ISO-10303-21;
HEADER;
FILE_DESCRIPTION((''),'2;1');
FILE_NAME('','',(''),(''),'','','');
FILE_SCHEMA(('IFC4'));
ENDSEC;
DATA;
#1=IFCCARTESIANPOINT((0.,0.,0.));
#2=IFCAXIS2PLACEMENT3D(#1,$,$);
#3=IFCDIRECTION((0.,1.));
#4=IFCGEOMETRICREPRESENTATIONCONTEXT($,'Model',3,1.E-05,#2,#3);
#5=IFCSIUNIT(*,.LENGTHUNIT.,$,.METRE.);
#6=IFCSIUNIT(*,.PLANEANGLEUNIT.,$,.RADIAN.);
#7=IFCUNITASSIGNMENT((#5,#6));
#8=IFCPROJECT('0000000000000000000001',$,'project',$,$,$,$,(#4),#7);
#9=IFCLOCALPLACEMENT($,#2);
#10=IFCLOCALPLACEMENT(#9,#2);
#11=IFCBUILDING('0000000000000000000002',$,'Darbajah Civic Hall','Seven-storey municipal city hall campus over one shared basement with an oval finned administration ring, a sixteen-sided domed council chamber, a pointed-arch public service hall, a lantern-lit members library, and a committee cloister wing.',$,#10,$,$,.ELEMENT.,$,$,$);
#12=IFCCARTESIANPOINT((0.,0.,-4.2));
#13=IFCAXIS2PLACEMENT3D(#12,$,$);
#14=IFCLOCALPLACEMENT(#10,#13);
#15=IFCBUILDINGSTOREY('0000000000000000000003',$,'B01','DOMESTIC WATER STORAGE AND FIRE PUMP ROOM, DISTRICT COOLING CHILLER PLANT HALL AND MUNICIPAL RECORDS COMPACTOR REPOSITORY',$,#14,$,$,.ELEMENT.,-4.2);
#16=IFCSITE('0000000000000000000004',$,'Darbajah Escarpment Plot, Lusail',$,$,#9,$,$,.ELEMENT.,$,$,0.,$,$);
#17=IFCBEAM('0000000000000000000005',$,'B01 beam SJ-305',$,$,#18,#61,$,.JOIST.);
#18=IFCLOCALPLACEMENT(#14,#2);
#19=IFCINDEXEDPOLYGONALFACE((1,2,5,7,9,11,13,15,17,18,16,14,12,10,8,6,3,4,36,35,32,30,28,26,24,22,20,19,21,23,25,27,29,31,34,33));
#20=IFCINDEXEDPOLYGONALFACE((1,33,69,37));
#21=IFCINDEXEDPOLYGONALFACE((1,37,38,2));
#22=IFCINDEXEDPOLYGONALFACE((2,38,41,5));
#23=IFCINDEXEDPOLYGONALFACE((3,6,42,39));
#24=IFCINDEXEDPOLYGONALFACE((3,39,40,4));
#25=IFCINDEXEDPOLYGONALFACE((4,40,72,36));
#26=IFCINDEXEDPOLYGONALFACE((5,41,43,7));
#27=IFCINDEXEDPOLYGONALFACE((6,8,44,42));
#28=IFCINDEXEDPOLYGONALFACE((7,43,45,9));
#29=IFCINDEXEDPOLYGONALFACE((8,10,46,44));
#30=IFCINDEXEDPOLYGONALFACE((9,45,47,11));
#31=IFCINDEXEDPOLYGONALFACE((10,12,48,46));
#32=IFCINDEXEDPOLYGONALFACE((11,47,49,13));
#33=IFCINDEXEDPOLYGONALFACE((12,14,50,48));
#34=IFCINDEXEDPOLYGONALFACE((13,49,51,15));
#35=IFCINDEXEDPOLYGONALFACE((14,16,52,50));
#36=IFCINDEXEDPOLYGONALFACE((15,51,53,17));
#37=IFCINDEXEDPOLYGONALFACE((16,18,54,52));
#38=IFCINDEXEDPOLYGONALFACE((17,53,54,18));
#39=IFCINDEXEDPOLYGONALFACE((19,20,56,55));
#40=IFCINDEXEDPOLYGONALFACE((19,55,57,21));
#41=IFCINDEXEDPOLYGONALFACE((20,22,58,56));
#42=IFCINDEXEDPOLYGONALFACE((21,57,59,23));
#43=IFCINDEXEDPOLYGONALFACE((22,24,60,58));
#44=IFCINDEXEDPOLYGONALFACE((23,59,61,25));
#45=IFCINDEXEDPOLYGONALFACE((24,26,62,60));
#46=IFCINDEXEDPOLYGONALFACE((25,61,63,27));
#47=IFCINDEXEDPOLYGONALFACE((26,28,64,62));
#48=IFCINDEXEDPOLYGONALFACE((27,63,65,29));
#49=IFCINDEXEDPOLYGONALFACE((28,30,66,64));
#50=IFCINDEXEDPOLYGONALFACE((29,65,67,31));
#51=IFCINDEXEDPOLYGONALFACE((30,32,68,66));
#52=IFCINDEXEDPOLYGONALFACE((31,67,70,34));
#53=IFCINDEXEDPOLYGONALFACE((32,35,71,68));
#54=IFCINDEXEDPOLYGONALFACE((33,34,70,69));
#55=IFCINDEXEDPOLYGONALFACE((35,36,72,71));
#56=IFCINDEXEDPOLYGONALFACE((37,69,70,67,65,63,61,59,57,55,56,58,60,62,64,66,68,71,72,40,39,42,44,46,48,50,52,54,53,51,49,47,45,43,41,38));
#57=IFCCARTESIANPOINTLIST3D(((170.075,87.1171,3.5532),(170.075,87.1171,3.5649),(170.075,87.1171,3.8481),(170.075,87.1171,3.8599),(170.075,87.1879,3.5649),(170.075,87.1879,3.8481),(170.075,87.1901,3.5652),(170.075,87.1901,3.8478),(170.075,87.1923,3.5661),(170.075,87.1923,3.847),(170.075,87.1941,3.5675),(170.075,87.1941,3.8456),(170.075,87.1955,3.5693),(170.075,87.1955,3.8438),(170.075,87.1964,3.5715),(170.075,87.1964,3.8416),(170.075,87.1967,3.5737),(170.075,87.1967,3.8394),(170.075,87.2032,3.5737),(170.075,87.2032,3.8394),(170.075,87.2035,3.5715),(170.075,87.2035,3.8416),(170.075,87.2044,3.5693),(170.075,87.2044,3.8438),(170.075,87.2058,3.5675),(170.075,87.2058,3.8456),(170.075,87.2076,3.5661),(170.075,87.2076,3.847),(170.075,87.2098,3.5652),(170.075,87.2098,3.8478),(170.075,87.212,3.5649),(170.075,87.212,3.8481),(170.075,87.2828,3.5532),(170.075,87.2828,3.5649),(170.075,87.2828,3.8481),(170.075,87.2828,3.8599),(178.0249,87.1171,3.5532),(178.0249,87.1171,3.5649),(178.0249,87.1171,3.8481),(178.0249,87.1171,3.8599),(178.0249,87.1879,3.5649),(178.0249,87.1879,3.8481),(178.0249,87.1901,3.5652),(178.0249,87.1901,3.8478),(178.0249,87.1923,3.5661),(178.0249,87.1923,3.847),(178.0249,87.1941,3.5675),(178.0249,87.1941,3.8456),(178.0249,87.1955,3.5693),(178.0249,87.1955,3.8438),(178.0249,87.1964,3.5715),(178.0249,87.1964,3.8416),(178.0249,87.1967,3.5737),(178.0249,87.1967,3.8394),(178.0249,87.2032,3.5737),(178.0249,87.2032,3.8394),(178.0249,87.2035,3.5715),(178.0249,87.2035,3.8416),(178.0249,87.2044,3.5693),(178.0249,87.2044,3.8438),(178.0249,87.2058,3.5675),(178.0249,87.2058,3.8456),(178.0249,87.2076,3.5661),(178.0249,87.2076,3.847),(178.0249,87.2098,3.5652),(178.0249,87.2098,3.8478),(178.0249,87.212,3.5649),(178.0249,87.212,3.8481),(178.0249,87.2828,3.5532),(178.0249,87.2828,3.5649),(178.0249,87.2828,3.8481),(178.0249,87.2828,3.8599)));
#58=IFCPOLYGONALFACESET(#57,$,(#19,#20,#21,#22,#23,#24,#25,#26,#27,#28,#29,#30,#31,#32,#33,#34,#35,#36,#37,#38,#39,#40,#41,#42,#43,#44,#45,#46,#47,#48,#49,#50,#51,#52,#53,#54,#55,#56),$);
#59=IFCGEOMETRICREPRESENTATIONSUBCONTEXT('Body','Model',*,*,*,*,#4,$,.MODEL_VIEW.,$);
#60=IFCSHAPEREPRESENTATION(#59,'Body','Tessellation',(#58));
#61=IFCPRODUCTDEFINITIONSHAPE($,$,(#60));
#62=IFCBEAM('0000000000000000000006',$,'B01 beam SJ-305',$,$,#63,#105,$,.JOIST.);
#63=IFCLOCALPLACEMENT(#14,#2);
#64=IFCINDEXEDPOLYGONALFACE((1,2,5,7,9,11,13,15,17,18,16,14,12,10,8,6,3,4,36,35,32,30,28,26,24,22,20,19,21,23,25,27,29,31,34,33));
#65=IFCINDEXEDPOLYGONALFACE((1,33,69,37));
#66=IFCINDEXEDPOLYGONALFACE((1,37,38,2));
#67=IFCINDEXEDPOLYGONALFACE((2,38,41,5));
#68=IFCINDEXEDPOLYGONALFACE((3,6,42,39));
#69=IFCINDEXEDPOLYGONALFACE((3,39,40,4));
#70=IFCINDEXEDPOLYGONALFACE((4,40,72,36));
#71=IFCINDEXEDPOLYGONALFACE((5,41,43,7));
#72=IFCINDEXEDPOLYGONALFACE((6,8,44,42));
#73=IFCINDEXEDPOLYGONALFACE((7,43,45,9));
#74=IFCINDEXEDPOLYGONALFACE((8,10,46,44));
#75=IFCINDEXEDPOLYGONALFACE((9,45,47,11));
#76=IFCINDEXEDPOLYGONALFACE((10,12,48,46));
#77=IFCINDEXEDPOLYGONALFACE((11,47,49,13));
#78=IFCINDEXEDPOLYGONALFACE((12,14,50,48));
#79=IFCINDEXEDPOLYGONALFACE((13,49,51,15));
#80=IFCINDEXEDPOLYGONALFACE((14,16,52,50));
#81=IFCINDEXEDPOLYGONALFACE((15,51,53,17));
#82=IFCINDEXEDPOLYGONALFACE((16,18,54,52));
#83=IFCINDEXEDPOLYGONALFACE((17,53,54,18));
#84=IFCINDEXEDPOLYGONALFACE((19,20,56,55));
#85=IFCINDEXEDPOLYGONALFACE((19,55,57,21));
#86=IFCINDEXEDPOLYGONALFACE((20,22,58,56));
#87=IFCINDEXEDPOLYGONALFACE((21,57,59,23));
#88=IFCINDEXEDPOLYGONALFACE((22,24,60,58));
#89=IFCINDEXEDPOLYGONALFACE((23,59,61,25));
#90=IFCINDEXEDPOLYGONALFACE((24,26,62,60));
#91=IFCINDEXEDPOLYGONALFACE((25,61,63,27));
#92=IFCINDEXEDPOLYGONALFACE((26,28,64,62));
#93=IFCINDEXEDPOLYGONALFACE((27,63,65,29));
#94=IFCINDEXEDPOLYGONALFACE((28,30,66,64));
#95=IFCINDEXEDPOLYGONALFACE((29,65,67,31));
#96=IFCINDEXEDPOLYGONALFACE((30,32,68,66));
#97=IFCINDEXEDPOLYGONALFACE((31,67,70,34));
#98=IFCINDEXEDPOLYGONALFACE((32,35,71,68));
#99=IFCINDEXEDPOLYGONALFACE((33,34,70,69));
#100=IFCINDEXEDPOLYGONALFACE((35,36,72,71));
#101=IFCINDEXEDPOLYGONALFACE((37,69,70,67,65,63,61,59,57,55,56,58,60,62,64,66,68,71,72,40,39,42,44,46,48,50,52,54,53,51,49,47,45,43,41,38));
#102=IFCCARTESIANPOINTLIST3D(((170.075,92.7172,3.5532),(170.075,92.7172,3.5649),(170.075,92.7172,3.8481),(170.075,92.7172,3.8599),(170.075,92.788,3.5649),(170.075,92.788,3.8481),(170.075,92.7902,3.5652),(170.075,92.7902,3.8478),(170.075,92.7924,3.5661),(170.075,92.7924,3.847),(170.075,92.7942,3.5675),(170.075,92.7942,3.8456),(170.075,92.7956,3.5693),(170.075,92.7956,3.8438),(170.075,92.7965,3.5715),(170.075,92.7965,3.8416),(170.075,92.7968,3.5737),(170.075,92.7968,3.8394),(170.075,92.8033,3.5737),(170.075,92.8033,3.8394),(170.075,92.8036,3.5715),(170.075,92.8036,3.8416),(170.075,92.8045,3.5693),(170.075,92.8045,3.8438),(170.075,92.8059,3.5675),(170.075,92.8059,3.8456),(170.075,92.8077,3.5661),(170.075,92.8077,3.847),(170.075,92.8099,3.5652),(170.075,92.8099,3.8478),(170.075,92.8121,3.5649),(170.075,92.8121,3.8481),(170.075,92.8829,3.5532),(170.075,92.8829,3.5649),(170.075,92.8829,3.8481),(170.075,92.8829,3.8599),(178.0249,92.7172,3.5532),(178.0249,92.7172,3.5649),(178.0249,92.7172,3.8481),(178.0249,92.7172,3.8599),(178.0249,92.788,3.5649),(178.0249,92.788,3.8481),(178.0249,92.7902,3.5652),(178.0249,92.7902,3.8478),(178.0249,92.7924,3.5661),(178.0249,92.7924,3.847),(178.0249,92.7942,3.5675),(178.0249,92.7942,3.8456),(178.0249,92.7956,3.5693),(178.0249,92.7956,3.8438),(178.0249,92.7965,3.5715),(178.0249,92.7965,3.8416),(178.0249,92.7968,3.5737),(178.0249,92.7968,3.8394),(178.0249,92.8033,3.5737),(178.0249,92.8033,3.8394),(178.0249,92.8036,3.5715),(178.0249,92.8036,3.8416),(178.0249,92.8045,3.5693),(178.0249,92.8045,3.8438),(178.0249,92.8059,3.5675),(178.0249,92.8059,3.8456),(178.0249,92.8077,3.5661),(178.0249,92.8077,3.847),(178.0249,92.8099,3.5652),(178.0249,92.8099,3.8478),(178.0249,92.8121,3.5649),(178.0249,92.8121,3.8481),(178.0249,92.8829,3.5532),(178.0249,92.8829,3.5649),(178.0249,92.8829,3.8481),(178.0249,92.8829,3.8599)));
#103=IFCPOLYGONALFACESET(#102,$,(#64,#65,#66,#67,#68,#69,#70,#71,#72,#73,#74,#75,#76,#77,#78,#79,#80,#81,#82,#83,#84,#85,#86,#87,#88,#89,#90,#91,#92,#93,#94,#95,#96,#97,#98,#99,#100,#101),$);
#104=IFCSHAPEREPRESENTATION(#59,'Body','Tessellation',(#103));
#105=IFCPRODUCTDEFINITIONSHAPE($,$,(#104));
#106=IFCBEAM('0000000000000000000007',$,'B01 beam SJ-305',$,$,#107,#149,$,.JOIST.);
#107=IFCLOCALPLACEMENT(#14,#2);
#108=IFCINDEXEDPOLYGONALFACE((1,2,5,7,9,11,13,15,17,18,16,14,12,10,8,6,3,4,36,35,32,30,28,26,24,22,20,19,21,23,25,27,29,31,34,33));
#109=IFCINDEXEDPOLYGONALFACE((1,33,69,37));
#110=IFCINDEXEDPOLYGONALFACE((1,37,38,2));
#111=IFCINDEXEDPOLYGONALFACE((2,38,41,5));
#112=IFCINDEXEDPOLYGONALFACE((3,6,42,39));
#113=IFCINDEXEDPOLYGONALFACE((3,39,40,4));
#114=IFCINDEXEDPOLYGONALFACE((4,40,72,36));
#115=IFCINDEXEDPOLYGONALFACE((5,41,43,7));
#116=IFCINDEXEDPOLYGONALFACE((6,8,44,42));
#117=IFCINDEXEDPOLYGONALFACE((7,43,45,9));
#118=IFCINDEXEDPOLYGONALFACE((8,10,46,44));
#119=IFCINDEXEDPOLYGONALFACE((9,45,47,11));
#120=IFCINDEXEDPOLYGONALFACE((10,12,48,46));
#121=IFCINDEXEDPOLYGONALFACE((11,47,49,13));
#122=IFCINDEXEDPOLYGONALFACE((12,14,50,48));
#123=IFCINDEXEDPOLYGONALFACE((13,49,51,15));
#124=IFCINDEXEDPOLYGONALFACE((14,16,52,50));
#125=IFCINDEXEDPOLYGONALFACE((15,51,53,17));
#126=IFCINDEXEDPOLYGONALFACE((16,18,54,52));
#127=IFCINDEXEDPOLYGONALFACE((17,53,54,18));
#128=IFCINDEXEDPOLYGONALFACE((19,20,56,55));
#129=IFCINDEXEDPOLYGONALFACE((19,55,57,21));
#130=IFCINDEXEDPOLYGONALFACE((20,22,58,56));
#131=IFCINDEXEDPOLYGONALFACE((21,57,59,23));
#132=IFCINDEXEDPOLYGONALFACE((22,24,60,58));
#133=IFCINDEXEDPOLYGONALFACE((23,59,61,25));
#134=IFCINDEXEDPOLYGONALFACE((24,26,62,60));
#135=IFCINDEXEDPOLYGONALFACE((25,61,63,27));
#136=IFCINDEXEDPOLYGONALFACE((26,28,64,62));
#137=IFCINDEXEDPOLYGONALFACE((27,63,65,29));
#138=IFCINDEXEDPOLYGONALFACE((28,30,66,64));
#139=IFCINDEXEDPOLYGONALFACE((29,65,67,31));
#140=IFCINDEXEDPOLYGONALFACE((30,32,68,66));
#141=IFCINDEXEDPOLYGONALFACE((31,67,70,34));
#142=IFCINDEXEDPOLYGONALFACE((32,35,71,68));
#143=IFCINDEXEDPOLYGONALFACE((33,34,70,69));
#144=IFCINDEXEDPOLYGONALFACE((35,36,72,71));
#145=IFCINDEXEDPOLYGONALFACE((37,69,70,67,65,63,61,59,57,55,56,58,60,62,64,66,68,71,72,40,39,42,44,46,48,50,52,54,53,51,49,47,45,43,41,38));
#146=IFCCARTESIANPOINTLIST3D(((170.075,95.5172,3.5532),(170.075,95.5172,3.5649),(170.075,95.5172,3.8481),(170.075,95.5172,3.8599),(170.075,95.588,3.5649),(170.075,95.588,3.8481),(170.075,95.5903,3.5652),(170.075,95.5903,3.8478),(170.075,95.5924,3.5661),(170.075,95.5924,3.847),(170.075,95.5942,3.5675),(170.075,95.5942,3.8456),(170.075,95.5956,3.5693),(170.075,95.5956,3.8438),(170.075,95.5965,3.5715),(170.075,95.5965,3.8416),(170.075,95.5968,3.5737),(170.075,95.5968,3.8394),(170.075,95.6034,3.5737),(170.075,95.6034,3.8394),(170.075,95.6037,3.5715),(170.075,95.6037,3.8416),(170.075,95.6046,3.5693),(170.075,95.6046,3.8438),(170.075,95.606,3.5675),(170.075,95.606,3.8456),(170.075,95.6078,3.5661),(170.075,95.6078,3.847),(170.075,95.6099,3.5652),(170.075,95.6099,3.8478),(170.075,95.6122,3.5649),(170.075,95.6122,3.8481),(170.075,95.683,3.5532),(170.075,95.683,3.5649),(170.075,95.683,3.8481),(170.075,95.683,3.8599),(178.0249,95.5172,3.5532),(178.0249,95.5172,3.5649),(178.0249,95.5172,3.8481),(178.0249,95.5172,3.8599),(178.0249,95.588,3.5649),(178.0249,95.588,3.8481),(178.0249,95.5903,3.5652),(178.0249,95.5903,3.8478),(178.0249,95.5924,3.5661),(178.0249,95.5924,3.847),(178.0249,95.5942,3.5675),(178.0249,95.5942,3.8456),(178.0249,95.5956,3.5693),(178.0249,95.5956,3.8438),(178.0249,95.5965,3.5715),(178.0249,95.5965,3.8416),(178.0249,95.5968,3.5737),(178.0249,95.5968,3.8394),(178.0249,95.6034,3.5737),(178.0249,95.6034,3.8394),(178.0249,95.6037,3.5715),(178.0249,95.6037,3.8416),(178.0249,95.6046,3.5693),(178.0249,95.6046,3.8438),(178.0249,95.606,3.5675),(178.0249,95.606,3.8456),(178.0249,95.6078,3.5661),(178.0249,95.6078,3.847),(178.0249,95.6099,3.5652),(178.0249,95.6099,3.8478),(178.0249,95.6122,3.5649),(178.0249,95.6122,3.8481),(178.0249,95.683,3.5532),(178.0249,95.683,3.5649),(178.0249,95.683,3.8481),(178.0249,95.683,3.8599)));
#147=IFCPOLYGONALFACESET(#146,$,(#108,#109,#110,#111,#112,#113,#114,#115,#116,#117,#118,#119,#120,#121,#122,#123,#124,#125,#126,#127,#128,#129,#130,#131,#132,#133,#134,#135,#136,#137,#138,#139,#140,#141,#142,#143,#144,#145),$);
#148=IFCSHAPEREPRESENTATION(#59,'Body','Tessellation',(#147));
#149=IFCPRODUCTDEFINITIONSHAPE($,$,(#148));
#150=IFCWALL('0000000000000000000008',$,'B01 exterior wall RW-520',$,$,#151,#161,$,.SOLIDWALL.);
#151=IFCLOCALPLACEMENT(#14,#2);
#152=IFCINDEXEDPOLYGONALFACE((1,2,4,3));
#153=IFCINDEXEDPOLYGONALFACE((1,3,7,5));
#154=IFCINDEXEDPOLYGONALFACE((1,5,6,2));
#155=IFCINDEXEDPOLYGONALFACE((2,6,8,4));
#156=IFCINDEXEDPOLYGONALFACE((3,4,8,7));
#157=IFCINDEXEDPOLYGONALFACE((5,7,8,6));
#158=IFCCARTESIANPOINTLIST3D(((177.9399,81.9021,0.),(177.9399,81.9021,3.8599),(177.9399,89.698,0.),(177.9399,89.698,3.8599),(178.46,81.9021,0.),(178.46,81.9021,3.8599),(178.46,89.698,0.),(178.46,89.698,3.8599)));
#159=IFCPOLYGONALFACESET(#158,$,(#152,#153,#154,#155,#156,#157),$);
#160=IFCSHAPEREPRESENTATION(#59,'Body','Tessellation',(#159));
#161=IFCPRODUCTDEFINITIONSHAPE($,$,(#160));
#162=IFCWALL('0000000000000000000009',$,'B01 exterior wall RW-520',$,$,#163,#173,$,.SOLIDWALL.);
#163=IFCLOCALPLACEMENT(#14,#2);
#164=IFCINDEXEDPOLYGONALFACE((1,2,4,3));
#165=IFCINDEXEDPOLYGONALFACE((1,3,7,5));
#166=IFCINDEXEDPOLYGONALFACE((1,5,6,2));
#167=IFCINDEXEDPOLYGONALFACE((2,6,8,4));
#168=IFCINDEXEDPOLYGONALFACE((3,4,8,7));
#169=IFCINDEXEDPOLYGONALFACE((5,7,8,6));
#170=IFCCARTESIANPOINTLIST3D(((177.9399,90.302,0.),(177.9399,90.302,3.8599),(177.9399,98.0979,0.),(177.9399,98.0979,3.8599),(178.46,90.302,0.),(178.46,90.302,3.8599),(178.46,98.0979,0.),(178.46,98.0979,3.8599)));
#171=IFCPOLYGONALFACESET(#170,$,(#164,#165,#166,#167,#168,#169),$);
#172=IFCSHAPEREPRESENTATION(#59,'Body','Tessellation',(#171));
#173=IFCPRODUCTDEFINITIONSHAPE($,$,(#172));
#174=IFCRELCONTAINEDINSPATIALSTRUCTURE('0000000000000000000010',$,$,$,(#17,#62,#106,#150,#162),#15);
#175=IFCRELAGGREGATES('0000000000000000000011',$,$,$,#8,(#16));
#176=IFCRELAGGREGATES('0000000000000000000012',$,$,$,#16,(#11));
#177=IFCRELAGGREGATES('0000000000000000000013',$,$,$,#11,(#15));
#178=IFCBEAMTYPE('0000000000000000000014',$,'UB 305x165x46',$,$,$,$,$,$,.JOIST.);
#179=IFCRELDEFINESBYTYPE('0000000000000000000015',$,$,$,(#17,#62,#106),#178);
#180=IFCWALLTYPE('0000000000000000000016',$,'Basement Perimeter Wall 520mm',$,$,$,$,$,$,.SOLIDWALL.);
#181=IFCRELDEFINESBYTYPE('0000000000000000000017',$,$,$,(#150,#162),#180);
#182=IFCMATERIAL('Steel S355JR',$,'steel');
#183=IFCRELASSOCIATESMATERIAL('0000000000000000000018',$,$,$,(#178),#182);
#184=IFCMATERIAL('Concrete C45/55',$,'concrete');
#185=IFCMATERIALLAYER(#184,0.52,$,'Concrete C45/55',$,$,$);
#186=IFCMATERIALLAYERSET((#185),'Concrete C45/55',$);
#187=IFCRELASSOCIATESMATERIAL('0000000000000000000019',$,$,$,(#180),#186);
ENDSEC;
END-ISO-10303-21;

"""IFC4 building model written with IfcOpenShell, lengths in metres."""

from ifc_helpers import new_model, si_unit, direction, frame, frame_2d, origin, origin_2d, place, context, subcontext, project, spatial, rectangle, i_section, extrude, material, layer, layer_set, material_profile, profile_set, type_object, element, save


model = new_model("IFC4")

# Units and contexts
model_context = context("Model", 3, precision=1e-05, world=origin(), true_north=direction((0.0, 1.0)))
body_context = subcontext(model_context, "Body", "Model", "MODEL_VIEW")
ifc_project = project(units=[si_unit("LENGTHUNIT", "METRE"), si_unit("PLANEANGLEUNIT", "RADIAN")], contexts=[model_context])

# Site, building, storey
site_placement = place(None, origin())
site = spatial("IfcSite", under=ifc_project, at=site_placement, Name="Darbajah Escarpment Plot, Lusail", CompositionType="ELEMENT", RefElevation=0.0)
building_placement = place(site_placement, origin())
building = spatial("IfcBuilding", under=site, at=building_placement, Name="Darbajah Civic Hall", Description="Seven-storey municipal city hall campus over one shared basement with an oval finned administration ring, a sixteen-sided domed council chamber, a pointed-arch public service hall, a lantern-lit members library, and a committee cloister wing.", CompositionType="ELEMENT")
storey_placement = place(building_placement, frame((0.0, 0.0, -4.2)))
storey = spatial("IfcBuildingStorey", under=building, at=storey_placement, Name="B01", Description="DOMESTIC WATER STORAGE AND FIRE PUMP ROOM, DISTRICT COOLING CHILLER PLANT HALL AND MUNICIPAL RECORDS COMPACTOR REPOSITORY", CompositionType="ELEMENT", Elevation=-4.2)

# Shared definitions
ifc_material_1 = material(Name="Concrete C45/55", Category="concrete")

# Beams
ifc_material_2 = material(Name="Steel S355JR", Category="steel")
ifc_material_profile_1 = material_profile(ifc_material_2, i_section(OverallWidth=0.1658, OverallDepth=0.3066, WebThickness=0.0066, FlangeThickness=0.0117, FilletRadius=0.0088, at=origin_2d()), Name="UB 305x165x46")
ifc_profile_set_1 = profile_set([ifc_material_profile_1], Name="Steel S355JR")
beam_type_1 = type_object("IfcBeamType", Name="UB 305x165x46", PredefinedType="JOIST", material=ifc_profile_set_1)
for number, where, z_axis, x_axis, name in (
    (1, (170.075, 87.2, 3.7065), (1.0, 0.0, 0.0), (0.0, 1.0, 0.0), "B01 beam SJ-305"),
    (2, (170.075, 92.8, 3.7065), (1.0, 0.0, 0.0), (0.0, 1.0, 0.0), "B01 beam SJ-305"),
    (3, (170.075, 95.6001, 3.7065), (1.0, 0.0, 0.0), (0.0, 1.0, 0.0), "B01 beam SJ-305"),
):
    element("IfcBeam", number, at=place(storey_placement, frame(where, z_axis=z_axis, x_axis=x_axis)), inside=storey, type_object=beam_type_1, Name=name, PredefinedType="JOIST", context=body_context, shape_type="SweptSolid", body=[
        extrude(i_section(OverallWidth=0.1658, OverallDepth=0.3066, WebThickness=0.0066, FlangeThickness=0.0117, FilletRadius=0.0088, at=origin_2d()), origin(), (0.0, 0.0, 1.0), 7.95),
    ])

# Walls
ifc_layer = layer(ifc_material_1, 0.52, Name="Concrete C45/55")
ifc_layer_set = layer_set([ifc_layer], Name="Concrete C45/55")
wall_type = type_object("IfcWallType", Name="Basement Perimeter Wall 520mm", PredefinedType="SOLIDWALL", material=ifc_layer_set)
for number, where, z_axis, x_axis, name in (
    (4, (178.2, 81.9021, 0.0), (0.0, 0.0, 1.0), (0.0, 1.0, 0.0), "B01 exterior wall RW-520"),
    (5, (178.2, 90.302, 0.0), (0.0, 0.0, 1.0), (0.0, 1.0, 0.0), "B01 exterior wall RW-520"),
):
    element("IfcWall", number, at=place(storey_placement, frame(where, z_axis=z_axis, x_axis=x_axis)), inside=storey, type_object=wall_type, Name=name, PredefinedType="SOLIDWALL", context=body_context, shape_type="SweptSolid", body=[
        extrude(rectangle(XDim=7.7959, YDim=0.52, at=frame_2d((3.8979, 0.0))), origin(), (0.0, 0.0, 1.0), 3.8599),
    ])

save(model, "model.ifc")
